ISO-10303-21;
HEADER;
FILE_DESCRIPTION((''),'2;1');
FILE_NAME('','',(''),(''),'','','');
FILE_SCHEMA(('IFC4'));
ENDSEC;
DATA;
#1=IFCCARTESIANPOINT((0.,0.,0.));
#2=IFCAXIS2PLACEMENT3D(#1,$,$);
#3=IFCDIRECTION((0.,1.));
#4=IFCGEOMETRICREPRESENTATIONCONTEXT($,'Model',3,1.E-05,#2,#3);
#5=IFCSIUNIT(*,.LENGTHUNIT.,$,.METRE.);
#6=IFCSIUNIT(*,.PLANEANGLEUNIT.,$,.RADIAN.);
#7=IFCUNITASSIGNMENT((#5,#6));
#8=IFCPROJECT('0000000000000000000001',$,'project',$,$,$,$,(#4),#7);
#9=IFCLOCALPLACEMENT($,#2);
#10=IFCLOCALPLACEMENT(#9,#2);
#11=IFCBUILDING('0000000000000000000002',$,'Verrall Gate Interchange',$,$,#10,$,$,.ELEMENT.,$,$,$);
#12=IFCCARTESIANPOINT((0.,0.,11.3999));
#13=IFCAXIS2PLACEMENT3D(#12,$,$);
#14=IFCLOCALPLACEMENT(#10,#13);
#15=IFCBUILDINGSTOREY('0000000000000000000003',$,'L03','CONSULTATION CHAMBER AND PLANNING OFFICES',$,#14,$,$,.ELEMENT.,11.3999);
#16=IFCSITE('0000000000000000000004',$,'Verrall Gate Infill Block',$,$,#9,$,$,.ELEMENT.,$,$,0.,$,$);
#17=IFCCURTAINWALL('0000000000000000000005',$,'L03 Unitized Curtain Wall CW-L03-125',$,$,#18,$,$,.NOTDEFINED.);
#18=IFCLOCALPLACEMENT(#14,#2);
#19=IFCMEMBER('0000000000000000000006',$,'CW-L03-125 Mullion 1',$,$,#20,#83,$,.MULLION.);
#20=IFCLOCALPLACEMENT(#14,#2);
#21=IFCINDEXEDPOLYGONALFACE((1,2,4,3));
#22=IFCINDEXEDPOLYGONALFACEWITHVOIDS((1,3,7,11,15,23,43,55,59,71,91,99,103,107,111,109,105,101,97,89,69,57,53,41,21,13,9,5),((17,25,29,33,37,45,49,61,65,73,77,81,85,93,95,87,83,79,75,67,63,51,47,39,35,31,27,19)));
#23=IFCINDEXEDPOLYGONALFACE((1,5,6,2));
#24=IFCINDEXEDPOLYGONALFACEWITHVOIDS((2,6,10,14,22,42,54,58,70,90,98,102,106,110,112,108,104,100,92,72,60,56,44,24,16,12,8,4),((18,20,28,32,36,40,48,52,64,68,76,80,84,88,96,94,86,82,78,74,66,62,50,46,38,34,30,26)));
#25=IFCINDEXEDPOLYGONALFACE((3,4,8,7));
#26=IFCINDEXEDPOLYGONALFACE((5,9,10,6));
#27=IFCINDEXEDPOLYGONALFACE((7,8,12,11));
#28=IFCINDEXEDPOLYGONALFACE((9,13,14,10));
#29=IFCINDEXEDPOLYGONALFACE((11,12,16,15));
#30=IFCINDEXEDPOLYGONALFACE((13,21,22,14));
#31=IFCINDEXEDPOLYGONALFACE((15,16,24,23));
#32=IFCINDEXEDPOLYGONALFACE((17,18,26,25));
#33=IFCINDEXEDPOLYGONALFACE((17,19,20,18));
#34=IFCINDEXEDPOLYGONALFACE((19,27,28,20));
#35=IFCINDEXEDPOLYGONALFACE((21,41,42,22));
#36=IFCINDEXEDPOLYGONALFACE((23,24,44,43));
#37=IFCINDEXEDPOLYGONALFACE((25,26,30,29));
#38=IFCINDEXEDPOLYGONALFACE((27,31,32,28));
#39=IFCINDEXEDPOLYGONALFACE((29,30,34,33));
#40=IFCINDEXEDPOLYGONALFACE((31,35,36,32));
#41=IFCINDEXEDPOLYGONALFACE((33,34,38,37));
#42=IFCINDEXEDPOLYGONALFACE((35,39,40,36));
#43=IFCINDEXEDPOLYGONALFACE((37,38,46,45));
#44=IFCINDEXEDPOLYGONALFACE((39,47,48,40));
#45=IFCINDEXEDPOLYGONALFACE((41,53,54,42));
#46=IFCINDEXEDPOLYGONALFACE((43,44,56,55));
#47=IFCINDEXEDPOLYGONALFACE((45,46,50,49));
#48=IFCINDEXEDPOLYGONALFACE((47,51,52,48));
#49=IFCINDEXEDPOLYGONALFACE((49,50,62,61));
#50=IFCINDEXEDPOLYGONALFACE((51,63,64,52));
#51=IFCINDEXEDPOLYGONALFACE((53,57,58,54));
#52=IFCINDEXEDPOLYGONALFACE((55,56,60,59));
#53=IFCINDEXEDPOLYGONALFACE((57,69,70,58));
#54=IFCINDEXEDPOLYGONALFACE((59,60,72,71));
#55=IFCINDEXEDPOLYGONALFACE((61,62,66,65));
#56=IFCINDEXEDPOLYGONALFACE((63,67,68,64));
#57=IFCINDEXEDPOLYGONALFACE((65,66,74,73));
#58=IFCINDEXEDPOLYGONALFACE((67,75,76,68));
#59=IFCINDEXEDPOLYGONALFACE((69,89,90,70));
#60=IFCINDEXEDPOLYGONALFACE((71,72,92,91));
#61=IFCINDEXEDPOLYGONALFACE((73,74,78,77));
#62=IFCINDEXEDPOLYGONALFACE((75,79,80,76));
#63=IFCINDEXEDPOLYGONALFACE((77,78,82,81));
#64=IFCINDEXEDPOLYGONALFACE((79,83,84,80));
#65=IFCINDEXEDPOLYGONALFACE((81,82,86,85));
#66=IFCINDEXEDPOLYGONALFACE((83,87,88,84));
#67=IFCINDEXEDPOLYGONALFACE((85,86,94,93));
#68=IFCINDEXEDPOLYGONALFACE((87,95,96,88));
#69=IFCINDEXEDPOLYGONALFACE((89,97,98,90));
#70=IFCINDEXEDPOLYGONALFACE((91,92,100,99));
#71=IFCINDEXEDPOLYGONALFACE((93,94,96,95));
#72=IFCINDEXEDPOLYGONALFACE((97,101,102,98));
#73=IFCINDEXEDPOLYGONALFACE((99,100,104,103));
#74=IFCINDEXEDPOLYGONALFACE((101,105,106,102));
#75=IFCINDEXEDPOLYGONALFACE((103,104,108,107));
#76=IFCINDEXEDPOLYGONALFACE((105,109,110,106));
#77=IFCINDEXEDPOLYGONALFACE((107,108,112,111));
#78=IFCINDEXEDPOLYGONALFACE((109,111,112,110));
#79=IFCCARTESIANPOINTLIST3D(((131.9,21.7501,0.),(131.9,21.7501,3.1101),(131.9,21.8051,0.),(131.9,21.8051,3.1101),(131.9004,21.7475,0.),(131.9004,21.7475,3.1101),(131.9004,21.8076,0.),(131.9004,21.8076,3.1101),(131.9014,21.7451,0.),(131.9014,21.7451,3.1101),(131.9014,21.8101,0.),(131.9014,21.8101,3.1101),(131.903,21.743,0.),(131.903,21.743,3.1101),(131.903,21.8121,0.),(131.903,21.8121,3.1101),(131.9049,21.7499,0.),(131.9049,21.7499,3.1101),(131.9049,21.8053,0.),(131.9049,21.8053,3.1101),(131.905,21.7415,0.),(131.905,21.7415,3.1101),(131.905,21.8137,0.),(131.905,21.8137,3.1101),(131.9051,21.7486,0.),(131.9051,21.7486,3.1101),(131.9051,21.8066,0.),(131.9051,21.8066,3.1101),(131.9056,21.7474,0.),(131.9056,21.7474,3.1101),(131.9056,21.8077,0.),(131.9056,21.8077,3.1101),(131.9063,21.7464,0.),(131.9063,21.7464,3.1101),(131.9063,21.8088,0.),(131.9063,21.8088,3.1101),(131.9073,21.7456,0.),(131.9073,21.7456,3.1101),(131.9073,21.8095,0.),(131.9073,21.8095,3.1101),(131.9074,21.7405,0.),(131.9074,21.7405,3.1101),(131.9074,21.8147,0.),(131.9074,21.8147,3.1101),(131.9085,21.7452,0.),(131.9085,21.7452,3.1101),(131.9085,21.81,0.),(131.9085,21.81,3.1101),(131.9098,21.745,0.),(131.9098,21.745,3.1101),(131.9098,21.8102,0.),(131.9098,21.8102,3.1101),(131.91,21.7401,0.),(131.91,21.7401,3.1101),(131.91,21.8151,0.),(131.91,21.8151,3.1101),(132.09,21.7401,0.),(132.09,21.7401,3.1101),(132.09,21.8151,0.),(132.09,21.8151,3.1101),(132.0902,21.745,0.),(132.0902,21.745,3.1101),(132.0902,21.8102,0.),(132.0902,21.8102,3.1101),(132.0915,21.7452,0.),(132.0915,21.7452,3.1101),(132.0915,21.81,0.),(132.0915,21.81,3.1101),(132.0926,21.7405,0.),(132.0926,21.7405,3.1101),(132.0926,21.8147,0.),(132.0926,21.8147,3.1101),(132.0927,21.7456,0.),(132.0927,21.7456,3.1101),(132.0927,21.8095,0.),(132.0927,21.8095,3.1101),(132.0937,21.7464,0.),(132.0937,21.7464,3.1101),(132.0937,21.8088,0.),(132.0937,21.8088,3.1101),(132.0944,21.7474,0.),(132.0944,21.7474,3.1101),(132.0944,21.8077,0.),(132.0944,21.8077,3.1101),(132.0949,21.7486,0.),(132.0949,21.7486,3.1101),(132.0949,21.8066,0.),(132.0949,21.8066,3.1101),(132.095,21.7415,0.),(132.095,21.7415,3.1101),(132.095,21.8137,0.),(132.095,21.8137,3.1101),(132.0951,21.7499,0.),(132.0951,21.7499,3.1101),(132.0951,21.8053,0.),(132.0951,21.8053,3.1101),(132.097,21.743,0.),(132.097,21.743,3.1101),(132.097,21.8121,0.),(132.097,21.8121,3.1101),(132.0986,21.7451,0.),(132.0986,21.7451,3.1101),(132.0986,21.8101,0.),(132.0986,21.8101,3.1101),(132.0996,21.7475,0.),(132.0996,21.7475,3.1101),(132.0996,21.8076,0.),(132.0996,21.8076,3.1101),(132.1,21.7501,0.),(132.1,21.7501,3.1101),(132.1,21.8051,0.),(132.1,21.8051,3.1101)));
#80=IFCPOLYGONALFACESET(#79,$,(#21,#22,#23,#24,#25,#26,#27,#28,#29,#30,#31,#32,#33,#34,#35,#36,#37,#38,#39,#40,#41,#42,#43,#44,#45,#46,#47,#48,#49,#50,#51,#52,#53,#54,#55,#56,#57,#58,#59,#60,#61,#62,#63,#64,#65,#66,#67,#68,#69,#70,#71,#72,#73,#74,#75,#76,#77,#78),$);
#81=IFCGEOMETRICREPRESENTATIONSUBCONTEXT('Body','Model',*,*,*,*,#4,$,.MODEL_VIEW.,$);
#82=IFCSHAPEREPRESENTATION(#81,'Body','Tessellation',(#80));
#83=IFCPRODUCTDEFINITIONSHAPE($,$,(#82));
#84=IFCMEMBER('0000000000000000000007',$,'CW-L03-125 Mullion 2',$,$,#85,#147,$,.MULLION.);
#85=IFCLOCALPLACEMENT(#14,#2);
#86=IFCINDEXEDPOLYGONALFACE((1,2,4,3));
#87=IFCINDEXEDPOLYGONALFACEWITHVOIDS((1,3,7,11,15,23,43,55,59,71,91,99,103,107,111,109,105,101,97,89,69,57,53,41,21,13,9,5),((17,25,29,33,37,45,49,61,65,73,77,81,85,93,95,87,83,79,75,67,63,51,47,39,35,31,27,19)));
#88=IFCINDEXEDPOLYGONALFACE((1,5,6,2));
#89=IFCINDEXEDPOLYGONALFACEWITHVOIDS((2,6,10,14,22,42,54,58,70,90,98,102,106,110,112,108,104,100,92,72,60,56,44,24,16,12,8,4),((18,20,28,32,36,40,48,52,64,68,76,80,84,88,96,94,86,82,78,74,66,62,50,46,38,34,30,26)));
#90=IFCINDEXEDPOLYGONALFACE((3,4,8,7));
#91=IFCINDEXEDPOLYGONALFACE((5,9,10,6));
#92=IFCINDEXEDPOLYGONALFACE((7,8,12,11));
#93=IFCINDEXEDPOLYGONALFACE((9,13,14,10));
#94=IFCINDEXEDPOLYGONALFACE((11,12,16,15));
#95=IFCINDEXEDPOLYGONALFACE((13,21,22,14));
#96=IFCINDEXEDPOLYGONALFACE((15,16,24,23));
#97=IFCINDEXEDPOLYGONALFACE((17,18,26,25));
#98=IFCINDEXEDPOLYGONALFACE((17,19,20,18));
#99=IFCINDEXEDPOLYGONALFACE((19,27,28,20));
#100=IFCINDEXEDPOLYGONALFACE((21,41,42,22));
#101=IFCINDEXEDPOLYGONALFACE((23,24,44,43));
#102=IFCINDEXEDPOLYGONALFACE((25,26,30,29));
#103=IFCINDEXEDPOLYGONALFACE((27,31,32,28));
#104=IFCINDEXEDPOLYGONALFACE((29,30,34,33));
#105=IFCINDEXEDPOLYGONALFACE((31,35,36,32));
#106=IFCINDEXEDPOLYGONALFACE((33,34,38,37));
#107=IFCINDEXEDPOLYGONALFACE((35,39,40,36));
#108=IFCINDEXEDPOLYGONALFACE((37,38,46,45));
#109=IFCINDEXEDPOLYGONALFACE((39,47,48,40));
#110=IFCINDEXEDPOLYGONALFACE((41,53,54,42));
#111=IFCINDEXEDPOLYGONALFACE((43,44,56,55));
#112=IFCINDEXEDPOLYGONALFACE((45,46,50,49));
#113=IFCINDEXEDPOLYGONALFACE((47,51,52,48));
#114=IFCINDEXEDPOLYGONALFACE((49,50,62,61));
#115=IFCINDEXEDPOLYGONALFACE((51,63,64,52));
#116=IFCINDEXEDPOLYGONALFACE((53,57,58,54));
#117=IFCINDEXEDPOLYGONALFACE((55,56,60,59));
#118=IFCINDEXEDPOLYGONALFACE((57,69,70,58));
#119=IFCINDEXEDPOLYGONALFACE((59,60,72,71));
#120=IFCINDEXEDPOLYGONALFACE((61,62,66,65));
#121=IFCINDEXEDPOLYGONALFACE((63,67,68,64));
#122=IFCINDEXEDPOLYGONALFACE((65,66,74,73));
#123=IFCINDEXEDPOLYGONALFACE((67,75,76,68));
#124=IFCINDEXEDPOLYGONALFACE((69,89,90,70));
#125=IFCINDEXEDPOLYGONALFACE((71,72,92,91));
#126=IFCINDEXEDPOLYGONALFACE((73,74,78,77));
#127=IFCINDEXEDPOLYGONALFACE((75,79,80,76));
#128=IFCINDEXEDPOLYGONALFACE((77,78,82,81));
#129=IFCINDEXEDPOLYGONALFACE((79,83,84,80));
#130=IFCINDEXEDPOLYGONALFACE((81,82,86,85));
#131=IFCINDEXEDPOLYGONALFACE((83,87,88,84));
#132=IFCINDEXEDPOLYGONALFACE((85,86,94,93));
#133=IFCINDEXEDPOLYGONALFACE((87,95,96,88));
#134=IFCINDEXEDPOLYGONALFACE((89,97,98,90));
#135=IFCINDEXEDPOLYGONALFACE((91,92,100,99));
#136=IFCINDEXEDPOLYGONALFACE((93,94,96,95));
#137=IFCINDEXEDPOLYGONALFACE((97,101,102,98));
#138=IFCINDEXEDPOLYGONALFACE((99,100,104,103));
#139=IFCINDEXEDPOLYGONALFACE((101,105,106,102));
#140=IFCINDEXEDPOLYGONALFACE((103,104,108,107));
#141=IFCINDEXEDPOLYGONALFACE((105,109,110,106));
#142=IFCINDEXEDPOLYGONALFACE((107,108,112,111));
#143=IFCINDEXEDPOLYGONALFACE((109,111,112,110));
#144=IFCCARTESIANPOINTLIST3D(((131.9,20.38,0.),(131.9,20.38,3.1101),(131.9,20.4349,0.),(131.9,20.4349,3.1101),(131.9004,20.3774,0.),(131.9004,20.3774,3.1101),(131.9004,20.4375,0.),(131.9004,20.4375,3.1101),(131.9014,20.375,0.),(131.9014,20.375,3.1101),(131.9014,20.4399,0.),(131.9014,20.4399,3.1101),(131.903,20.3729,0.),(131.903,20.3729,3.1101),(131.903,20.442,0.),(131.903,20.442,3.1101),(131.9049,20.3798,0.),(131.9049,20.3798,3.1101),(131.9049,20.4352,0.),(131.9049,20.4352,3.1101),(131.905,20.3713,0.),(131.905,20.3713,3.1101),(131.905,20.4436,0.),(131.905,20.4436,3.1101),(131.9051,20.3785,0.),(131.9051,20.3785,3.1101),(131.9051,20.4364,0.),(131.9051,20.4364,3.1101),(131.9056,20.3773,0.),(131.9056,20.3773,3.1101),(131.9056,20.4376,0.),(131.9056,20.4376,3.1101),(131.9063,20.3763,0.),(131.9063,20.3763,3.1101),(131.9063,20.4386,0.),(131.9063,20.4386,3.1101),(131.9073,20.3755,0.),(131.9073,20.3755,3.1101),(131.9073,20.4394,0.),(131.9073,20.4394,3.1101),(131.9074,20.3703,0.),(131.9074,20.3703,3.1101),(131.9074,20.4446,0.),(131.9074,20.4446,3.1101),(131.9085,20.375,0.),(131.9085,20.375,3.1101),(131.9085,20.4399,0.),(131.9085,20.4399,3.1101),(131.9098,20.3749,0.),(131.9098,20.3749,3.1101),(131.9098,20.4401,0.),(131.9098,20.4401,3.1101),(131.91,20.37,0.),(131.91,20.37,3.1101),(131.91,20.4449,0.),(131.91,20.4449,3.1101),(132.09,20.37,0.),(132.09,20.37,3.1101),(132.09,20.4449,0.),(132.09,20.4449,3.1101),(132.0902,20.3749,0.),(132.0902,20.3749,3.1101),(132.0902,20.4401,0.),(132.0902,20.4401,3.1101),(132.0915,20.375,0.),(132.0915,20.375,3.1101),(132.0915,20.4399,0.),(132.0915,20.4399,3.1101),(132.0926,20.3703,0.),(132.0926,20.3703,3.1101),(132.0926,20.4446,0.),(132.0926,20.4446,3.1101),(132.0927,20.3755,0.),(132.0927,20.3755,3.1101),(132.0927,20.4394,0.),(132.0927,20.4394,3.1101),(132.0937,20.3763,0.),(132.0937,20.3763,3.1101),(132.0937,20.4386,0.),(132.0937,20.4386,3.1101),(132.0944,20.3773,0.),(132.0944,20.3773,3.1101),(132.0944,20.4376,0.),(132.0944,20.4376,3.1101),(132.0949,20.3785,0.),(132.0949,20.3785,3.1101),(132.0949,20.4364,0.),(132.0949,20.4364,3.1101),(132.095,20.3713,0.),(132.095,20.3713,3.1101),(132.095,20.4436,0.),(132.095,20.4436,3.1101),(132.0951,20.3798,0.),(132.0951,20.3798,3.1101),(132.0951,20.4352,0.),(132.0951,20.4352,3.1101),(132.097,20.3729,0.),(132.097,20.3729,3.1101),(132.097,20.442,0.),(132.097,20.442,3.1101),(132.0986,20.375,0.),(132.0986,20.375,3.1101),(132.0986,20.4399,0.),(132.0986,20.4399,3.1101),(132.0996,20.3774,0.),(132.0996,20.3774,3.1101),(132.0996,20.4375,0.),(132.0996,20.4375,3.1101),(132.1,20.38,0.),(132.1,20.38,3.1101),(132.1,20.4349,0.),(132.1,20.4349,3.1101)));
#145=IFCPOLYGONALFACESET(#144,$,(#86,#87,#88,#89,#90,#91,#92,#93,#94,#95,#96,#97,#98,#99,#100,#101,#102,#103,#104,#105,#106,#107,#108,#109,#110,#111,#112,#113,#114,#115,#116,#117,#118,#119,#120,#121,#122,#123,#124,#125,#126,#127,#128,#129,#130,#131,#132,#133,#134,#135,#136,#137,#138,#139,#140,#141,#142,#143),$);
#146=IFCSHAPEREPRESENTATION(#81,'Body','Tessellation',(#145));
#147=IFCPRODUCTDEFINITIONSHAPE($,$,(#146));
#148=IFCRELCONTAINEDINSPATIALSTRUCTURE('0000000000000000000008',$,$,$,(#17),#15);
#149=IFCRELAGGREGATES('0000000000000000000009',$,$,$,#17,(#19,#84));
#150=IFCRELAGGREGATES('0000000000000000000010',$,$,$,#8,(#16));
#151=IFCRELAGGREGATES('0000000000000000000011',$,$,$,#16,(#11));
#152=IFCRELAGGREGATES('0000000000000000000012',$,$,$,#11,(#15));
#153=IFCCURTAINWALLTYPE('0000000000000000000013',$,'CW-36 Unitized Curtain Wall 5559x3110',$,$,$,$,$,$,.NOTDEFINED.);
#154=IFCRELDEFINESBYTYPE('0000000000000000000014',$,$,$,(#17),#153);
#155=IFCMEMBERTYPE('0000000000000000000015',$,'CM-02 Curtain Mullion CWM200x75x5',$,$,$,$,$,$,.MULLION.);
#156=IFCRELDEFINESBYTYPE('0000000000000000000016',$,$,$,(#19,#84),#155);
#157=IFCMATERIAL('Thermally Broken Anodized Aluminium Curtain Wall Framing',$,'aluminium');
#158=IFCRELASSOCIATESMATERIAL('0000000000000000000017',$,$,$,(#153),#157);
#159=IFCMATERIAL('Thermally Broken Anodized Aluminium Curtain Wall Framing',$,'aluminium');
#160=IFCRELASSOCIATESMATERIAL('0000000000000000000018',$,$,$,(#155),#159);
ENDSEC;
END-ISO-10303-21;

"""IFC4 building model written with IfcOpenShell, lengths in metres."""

from ifc_helpers import new_model, si_unit, direction, frame, origin, origin_2d, place, context, subcontext, project, spatial, hollow_rectangle, extrude, material, material_profile, profile_set, type_object, element, aggregate, save


model = new_model("IFC4")

# Units and contexts
model_context = context("Model", 3, precision=1e-05, world=origin(), true_north=direction((0.0, 1.0)))
body_context = subcontext(model_context, "Body", "Model", "MODEL_VIEW")
ifc_project = project(units=[si_unit("LENGTHUNIT", "METRE"), si_unit("PLANEANGLEUNIT", "RADIAN")], contexts=[model_context])

# Site, building, storey
site_placement = place(None, origin())
site = spatial("IfcSite", under=ifc_project, at=site_placement, Name="Verrall Gate Infill Block", CompositionType="ELEMENT", RefElevation=0.0)
building_placement = place(site_placement, origin())
building = spatial("IfcBuilding", under=site, at=building_placement, Name="Verrall Gate Interchange", CompositionType="ELEMENT")
storey_placement = place(building_placement, frame((0.0, 0.0, 11.3999)))
storey = spatial("IfcBuildingStorey", under=building, at=storey_placement, Name="L03", Description="CONSULTATION CHAMBER AND PLANNING OFFICES", CompositionType="ELEMENT", Elevation=11.3999)

# Curtain wall, members
ifc_material_1 = material(Name="Thermally Broken Anodized Aluminium Curtain Wall Framing", Category="aluminium")
curtain_wall_type_1 = type_object("IfcCurtainWallType", Name="CW-36 Unitized Curtain Wall 5559x3110", PredefinedType="NOTDEFINED", material=ifc_material_1)
curtain_wall_1_placement = place(storey_placement, origin())
curtain_wall_1 = element("IfcCurtainWall", 1, at=curtain_wall_1_placement, inside=storey, type_object=curtain_wall_type_1, Name="L03 Unitized Curtain Wall CW-L03-125", PredefinedType="NOTDEFINED")
ifc_material_2 = material(Name="Thermally Broken Anodized Aluminium Curtain Wall Framing", Category="aluminium")
ifc_material_profile_1 = material_profile(ifc_material_2, hollow_rectangle(XDim=0.075, YDim=0.2, WallThickness=0.0049, InnerFilletRadius=0.0049, OuterFilletRadius=0.01, at=origin_2d()), Name="CWM200x75x5")
ifc_profile_set_1 = profile_set([ifc_material_profile_1], Name="Thermally Broken Anodized Aluminium Curtain Wall Framing")
member_type_1 = type_object("IfcMemberType", Name="CM-02 Curtain Mullion CWM200x75x5", PredefinedType="MULLION", material=ifc_profile_set_1)
member_1_placement = place(storey_placement, frame((132.0, 21.7776, 0.0), z_axis=(0.0, 0.0, 1.0), x_axis=(0.0, -1.0, 0.0)))
member_1 = element("IfcMember", 2, at=member_1_placement, type_object=member_type_1, Name="CW-L03-125 Mullion 1", PredefinedType="MULLION", context=body_context, shape_type="SweptSolid", body=[
    extrude(hollow_rectangle(XDim=0.075, YDim=0.2, WallThickness=0.0049, InnerFilletRadius=0.0049, OuterFilletRadius=0.01, at=origin_2d()), origin(), (0.0, 0.0, 1.0), 3.1101),
])
member_2_placement = place(storey_placement, frame((132.0, 20.4075, 0.0), z_axis=(0.0, 0.0, 1.0), x_axis=(0.0, -1.0, 0.0)))
member_2 = element("IfcMember", 3, at=member_2_placement, type_object=member_type_1, Name="CW-L03-125 Mullion 2", PredefinedType="MULLION", context=body_context, shape_type="SweptSolid", body=[
    extrude(hollow_rectangle(XDim=0.075, YDim=0.2, WallThickness=0.0049, InnerFilletRadius=0.0049, OuterFilletRadius=0.01, at=origin_2d()), origin(), (0.0, 0.0, 1.0), 3.1101),
])

aggregate(curtain_wall_1, [member_1, member_2])

save(model, "model.ifc")
